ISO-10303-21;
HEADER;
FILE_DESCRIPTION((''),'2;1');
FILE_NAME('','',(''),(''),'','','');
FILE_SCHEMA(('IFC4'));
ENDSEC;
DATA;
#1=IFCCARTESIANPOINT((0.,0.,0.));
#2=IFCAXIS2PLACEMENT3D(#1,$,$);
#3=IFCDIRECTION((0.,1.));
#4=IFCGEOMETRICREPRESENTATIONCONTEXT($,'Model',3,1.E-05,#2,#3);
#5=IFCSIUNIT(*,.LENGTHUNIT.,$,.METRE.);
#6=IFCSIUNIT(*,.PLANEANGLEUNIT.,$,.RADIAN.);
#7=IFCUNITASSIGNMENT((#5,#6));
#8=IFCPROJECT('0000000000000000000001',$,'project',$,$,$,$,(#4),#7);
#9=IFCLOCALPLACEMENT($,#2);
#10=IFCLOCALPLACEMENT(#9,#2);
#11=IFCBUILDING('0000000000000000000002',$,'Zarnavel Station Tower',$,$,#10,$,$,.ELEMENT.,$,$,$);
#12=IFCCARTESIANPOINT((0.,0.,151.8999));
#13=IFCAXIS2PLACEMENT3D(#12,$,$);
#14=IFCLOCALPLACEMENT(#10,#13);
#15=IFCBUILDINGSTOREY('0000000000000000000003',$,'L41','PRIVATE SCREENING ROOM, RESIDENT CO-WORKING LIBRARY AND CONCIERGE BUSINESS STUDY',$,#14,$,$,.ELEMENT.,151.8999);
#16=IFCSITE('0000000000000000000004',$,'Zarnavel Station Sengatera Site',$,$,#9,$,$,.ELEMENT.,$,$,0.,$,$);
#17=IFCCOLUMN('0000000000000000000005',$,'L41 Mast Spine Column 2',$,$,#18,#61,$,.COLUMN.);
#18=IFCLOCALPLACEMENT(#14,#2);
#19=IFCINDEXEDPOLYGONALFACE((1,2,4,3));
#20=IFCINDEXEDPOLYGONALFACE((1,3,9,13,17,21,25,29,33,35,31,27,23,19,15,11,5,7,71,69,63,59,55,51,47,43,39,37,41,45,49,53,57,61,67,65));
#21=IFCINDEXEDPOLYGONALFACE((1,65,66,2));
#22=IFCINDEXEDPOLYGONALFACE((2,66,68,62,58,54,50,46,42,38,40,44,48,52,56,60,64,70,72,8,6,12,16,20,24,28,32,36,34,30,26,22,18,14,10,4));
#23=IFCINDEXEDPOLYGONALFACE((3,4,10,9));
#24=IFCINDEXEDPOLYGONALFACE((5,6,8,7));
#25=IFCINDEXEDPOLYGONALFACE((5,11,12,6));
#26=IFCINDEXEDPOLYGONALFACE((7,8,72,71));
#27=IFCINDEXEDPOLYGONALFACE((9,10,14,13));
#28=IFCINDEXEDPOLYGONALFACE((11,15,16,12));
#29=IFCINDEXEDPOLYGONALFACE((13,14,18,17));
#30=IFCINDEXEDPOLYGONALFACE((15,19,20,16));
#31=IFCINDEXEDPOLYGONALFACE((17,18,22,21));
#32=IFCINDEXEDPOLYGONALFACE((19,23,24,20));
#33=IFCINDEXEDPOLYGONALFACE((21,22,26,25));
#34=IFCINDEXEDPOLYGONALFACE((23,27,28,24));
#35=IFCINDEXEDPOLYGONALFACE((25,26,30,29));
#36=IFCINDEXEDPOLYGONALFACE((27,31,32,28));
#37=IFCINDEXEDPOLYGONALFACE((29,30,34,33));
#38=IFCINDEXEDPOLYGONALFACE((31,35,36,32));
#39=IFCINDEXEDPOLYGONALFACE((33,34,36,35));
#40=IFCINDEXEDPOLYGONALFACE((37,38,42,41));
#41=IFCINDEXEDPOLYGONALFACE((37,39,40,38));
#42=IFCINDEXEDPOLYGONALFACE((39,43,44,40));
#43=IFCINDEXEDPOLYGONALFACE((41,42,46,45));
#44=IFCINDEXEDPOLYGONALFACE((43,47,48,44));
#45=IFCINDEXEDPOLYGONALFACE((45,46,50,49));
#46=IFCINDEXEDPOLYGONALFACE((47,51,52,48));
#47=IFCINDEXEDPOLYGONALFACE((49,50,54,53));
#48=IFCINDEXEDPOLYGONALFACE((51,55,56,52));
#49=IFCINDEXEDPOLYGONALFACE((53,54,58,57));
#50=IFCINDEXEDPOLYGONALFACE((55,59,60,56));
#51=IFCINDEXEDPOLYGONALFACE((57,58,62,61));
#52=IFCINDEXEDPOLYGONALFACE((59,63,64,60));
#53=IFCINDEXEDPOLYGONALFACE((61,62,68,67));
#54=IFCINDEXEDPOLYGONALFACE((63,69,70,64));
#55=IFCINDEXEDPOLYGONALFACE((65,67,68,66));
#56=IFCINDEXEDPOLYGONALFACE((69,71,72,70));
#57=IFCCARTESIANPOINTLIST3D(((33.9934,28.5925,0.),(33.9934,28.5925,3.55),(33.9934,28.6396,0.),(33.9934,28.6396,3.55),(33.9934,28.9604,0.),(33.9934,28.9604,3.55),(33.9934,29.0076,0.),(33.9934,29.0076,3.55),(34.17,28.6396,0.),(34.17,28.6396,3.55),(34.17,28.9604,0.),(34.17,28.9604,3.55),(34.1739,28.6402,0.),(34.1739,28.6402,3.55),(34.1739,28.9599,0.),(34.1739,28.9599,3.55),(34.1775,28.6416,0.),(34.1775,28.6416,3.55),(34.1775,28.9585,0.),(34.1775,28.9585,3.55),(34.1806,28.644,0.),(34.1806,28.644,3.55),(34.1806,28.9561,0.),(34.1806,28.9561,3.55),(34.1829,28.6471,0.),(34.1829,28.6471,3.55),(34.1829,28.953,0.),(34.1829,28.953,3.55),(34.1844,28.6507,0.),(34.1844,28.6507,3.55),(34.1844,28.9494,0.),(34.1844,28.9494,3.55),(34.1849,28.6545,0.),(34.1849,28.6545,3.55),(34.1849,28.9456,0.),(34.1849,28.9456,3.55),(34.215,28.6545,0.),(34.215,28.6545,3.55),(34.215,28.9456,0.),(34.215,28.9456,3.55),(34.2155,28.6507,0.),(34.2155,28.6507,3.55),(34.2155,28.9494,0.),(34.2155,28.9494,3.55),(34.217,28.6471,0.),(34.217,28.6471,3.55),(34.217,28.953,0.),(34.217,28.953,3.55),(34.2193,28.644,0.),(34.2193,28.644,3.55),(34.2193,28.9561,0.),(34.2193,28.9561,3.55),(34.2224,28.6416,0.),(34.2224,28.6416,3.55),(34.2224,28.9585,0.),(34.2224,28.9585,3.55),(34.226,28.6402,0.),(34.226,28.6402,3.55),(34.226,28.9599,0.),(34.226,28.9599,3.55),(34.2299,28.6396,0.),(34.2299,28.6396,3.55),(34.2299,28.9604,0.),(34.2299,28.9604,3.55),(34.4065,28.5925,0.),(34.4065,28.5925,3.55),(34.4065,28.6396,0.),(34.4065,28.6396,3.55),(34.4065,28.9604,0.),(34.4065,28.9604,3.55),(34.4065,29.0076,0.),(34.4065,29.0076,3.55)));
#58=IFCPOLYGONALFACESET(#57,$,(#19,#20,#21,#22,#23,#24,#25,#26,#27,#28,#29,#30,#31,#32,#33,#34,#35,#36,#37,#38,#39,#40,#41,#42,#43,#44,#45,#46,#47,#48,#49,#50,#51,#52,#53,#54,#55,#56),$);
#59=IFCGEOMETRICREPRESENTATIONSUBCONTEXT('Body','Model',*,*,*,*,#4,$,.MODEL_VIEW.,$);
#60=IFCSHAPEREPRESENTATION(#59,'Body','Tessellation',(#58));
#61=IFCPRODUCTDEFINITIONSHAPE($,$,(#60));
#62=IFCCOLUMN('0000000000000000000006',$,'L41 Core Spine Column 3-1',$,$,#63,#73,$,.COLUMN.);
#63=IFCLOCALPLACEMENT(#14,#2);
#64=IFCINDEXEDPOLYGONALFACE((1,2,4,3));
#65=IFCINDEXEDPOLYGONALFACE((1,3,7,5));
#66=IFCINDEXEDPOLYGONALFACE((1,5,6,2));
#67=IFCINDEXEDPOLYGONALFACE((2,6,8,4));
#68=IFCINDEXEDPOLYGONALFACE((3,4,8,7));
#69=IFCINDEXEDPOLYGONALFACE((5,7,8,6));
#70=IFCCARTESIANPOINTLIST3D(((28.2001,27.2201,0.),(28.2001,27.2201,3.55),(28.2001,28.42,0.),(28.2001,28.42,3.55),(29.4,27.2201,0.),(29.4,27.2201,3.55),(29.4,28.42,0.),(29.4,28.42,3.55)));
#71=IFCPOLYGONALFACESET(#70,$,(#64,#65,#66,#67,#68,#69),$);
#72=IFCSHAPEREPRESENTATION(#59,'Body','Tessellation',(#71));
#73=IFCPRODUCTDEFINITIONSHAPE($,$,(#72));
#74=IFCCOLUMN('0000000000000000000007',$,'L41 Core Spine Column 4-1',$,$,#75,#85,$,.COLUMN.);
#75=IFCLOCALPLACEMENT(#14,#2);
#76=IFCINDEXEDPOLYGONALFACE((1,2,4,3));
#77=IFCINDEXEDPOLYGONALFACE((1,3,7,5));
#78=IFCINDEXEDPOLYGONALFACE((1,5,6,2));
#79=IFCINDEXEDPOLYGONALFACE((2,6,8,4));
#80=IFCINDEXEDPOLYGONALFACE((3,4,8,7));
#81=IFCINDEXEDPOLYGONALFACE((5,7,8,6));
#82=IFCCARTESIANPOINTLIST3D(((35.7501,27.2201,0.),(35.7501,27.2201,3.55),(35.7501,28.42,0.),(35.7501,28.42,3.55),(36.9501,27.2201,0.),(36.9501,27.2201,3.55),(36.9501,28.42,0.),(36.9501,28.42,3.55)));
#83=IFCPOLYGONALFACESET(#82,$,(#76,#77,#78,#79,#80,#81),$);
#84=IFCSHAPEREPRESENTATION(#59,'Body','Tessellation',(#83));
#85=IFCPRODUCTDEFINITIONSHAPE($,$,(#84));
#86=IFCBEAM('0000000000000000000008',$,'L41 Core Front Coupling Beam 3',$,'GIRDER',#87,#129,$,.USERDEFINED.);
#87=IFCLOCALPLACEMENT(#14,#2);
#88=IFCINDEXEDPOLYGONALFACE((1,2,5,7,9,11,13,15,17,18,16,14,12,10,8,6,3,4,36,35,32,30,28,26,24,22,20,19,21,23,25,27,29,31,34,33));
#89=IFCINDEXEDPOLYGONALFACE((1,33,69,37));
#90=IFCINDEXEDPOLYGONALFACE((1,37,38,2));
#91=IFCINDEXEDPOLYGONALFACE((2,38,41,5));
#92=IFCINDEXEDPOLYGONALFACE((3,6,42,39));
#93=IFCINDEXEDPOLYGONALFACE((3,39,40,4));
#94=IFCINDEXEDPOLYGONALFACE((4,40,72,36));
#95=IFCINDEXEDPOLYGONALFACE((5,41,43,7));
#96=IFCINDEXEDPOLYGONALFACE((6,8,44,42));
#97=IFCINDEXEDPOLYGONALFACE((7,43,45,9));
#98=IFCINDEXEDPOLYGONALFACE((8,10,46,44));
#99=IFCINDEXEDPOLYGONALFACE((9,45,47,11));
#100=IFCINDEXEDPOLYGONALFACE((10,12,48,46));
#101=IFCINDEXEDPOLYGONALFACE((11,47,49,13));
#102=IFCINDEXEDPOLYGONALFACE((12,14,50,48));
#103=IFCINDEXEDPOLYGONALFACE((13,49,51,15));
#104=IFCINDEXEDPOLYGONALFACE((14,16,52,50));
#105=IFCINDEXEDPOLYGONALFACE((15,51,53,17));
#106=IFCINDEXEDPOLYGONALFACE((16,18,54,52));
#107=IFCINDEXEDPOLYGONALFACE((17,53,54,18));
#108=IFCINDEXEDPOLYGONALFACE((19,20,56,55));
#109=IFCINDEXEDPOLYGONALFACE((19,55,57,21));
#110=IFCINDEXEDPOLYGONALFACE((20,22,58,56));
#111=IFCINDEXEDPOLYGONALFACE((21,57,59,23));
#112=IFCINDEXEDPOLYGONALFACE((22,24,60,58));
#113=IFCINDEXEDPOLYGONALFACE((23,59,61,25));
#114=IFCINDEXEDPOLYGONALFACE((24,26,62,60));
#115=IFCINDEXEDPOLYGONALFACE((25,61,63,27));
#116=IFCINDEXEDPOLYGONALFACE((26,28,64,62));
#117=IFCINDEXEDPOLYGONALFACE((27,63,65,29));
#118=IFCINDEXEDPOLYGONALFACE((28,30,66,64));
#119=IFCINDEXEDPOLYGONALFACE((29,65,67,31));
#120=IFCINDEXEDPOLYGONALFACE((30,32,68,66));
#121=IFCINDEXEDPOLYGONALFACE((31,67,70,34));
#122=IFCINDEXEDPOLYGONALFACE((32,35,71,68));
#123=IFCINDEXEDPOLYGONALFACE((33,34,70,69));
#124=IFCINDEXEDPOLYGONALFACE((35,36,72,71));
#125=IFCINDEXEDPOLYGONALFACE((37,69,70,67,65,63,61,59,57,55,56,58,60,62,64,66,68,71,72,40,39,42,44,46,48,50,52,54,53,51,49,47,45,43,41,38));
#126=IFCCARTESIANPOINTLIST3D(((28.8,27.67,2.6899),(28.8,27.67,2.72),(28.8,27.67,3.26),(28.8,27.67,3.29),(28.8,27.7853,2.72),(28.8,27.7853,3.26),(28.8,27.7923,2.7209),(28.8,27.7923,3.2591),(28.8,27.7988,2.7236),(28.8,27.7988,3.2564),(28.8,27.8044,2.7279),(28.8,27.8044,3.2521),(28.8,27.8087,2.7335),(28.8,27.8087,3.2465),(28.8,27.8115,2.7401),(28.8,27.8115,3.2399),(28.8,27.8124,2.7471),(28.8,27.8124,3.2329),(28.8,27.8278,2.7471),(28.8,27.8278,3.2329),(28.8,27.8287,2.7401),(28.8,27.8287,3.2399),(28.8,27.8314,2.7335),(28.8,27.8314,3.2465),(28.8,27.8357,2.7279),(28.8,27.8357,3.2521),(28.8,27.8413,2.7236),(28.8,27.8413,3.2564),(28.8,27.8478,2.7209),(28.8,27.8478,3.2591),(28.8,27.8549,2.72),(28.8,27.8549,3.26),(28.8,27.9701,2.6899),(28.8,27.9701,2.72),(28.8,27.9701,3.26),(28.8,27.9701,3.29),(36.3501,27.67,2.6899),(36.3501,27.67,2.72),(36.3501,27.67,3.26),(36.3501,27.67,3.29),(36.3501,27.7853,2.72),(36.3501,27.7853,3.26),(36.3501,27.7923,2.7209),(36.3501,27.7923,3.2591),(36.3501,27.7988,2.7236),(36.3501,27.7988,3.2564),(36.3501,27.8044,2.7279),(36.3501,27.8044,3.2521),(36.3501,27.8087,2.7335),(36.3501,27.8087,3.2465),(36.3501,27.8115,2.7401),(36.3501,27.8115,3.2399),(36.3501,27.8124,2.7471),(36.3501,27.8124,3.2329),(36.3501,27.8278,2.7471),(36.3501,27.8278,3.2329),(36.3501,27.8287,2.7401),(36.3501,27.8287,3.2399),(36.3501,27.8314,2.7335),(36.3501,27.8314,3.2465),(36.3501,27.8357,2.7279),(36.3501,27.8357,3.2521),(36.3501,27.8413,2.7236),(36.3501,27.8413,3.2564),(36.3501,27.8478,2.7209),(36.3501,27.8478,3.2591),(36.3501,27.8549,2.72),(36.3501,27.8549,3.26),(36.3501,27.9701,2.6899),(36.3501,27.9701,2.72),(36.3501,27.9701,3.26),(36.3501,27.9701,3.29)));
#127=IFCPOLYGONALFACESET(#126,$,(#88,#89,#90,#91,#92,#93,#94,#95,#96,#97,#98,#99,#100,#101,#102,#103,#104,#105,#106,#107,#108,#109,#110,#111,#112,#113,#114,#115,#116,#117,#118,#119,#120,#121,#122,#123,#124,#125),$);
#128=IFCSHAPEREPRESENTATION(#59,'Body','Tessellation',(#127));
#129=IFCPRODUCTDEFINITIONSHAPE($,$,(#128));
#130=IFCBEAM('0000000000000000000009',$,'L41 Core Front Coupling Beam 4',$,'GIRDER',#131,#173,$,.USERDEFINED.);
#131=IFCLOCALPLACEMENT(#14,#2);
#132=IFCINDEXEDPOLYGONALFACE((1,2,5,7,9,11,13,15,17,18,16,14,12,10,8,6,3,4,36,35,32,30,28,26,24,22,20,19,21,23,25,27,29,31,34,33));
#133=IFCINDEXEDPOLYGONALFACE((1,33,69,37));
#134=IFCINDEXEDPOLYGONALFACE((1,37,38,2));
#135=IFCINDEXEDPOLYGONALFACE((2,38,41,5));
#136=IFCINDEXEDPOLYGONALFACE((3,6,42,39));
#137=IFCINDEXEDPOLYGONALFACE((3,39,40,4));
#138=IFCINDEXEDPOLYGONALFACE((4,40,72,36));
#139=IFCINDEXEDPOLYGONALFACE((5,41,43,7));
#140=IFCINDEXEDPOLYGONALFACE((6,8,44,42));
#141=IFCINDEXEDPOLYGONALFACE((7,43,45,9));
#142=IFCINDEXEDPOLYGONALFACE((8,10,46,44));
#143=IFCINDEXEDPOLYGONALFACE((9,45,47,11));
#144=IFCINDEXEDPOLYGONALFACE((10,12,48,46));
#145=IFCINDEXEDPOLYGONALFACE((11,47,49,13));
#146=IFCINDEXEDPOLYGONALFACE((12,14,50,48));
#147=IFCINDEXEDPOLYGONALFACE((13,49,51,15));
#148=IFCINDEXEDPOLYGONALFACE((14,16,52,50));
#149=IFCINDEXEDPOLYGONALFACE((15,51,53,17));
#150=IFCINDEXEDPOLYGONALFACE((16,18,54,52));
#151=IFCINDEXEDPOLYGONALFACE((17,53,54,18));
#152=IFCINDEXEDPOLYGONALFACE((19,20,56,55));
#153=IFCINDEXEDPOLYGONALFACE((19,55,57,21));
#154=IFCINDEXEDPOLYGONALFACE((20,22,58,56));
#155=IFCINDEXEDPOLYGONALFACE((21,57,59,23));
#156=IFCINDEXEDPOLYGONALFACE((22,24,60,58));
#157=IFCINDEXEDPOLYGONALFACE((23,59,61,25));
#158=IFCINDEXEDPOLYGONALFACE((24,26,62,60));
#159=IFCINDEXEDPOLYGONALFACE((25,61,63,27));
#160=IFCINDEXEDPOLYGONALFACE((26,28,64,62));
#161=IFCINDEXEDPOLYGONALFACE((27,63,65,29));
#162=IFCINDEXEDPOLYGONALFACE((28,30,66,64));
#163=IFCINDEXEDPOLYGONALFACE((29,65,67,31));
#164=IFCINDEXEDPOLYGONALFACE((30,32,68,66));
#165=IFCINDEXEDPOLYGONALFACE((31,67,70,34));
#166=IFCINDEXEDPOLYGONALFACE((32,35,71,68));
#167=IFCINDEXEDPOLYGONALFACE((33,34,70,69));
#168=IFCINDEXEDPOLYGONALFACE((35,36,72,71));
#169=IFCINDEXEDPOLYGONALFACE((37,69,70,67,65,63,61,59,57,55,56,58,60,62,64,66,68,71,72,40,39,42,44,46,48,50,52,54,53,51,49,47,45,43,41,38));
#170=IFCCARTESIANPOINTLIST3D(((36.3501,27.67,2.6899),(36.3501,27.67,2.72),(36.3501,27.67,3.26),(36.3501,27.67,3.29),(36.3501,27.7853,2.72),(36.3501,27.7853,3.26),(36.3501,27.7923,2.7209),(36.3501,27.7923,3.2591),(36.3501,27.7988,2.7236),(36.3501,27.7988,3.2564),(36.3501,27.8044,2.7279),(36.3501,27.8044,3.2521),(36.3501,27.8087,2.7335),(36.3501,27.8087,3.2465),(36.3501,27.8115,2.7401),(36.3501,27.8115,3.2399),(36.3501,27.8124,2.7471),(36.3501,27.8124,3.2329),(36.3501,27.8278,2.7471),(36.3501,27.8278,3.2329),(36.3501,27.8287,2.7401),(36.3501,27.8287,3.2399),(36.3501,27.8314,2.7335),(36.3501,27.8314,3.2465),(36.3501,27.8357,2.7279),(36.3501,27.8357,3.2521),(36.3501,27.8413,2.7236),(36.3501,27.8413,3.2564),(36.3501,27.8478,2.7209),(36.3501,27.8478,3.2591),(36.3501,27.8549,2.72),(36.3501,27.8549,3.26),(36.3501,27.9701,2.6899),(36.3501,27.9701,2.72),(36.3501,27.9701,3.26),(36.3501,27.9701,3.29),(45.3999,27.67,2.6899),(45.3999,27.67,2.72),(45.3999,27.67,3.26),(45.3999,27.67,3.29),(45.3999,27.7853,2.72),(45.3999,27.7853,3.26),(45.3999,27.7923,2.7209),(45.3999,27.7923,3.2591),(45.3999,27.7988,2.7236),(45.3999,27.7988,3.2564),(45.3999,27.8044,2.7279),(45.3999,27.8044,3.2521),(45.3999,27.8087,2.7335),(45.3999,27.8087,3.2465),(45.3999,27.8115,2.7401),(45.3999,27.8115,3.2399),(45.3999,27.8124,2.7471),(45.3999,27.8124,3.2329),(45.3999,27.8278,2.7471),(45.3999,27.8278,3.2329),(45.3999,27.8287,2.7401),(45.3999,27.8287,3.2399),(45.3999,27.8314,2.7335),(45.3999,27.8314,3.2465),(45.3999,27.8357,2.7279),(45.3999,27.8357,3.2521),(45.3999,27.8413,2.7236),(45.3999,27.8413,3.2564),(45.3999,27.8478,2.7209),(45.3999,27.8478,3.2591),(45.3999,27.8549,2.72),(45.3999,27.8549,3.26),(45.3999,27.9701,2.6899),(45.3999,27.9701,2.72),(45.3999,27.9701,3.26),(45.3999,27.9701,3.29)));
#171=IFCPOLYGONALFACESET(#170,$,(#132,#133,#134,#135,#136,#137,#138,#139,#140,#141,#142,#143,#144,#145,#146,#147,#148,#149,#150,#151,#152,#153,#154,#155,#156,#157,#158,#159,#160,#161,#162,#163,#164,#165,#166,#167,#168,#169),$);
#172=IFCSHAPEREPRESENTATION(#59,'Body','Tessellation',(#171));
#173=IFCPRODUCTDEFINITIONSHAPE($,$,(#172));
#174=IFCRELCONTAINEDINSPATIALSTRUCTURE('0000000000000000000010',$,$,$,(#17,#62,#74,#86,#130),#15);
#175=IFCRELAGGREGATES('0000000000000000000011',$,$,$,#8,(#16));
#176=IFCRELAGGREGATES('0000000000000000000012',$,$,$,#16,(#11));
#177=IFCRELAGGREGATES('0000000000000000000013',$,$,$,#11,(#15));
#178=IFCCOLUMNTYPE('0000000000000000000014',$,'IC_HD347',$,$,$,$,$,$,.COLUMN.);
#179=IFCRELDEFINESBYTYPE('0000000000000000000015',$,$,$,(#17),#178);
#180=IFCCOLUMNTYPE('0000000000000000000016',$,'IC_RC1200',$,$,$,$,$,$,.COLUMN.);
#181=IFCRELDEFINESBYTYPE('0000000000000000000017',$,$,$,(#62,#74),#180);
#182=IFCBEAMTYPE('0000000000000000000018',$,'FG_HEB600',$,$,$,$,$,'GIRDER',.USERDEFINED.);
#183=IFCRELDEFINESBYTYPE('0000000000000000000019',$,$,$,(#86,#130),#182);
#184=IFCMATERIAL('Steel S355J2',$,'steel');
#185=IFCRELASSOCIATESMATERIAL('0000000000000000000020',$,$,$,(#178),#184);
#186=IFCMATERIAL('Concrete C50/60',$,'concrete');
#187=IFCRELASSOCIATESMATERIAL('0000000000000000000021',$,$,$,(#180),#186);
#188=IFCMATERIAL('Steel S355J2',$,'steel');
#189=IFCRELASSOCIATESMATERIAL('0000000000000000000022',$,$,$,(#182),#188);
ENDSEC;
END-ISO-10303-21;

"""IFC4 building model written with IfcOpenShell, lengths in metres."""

from ifc_helpers import new_model, si_unit, direction, frame, origin, origin_2d, place, context, subcontext, project, spatial, rectangle, i_section, extrude, material, material_profile, profile_set, type_object, element, save


model = new_model("IFC4")

# Units and contexts
model_context = context("Model", 3, precision=1e-05, world=origin(), true_north=direction((0.0, 1.0)))
body_context = subcontext(model_context, "Body", "Model", "MODEL_VIEW")
ifc_project = project(units=[si_unit("LENGTHUNIT", "METRE"), si_unit("PLANEANGLEUNIT", "RADIAN")], contexts=[model_context])

# Site, building, storey
site_placement = place(None, origin())
site = spatial("IfcSite", under=ifc_project, at=site_placement, Name="Zarnavel Station Sengatera Site", CompositionType="ELEMENT", RefElevation=0.0)
building_placement = place(site_placement, origin())
building = spatial("IfcBuilding", under=site, at=building_placement, Name="Zarnavel Station Tower", CompositionType="ELEMENT")
storey_placement = place(building_placement, frame((0.0, 0.0, 151.8999)))
storey = spatial("IfcBuildingStorey", under=building, at=storey_placement, Name="L41", Description="PRIVATE SCREENING ROOM, RESIDENT CO-WORKING LIBRARY AND CONCIERGE BUSINESS STUDY", CompositionType="ELEMENT", Elevation=151.8999)

# Columns
ifc_material_1 = material(Name="Steel S355J2", Category="steel")
ifc_material_profile_1 = material_profile(ifc_material_1, i_section(OverallWidth=0.4131, OverallDepth=0.415, WebThickness=0.03, FlangeThickness=0.0471, FilletRadius=0.0149, at=origin_2d()), Name="HD400x347")
ifc_profile_set_1 = profile_set([ifc_material_profile_1], Name="Steel S355J2")
column_type_1 = type_object("IfcColumnType", Name="IC_HD347", PredefinedType="COLUMN", material=ifc_profile_set_1)
column_placement = place(storey_placement, frame((34.2, 28.8, 0.0), z_axis=(0.0, 0.0, 1.0), x_axis=(1.0, 0.0, 0.0)))
element("IfcColumn", 1, at=column_placement, inside=storey, type_object=column_type_1, Name="L41 Mast Spine Column 2", PredefinedType="COLUMN", context=body_context, shape_type="SweptSolid", body=[
    extrude(i_section(OverallWidth=0.4131, OverallDepth=0.415, WebThickness=0.03, FlangeThickness=0.0471, FilletRadius=0.0149, at=origin_2d()), origin(), (0.0, 0.0, 1.0), 3.55),
])
ifc_material_2 = material(Name="Concrete C50/60", Category="concrete")
ifc_material_profile_2 = material_profile(ifc_material_2, rectangle(XDim=1.2, YDim=1.2, at=origin_2d()), Name="RC1200x1200")
ifc_profile_set_2 = profile_set([ifc_material_profile_2], Name="Concrete C50/60")
column_type_2 = type_object("IfcColumnType", Name="IC_RC1200", PredefinedType="COLUMN", material=ifc_profile_set_2)
for number, where, z_axis, x_axis, name in (
    (2, (28.8, 27.8201, 0.0), (0.0, 0.0, 1.0), (1.0, 0.0, 0.0), "L41 Core Spine Column 3-1"),
    (3, (36.3501, 27.8201, 0.0), (0.0, 0.0, 1.0), (1.0, 0.0, 0.0), "L41 Core Spine Column 4-1"),
):
    element("IfcColumn", number, at=place(storey_placement, frame(where, z_axis=z_axis, x_axis=x_axis)), inside=storey, type_object=column_type_2, Name=name, PredefinedType="COLUMN", context=body_context, shape_type="SweptSolid", body=[
        extrude(rectangle(XDim=1.2, YDim=1.2, at=origin_2d()), origin(), (0.0, 0.0, 1.0), 3.55),
    ])

# Beams
ifc_material_3 = material(Name="Steel S355J2", Category="steel")
ifc_material_profile_3 = material_profile(ifc_material_3, i_section(OverallWidth=0.3, OverallDepth=0.6001, WebThickness=0.0154, FlangeThickness=0.03, FilletRadius=0.0271, at=origin_2d()), Name="HEB600")
ifc_profile_set_3 = profile_set([ifc_material_profile_3], Name="Steel S355J2")
beam_type_1 = type_object("IfcBeamType", Name="FG_HEB600", ElementType="GIRDER", PredefinedType="USERDEFINED", material=ifc_profile_set_3)
beam_1_placement = place(storey_placement, frame((28.8, 27.8201, 2.99), z_axis=(1.0, 0.0, 0.0), x_axis=(0.0, 1.0, 0.0)))
element("IfcBeam", 4, at=beam_1_placement, inside=storey, type_object=beam_type_1, Name="L41 Core Front Coupling Beam 3", ObjectType="GIRDER", PredefinedType="USERDEFINED", context=body_context, shape_type="SweptSolid", body=[
    extrude(i_section(OverallWidth=0.3, OverallDepth=0.6001, WebThickness=0.0154, FlangeThickness=0.03, FilletRadius=0.0271, at=origin_2d()), origin(), (0.0, 0.0, 1.0), 7.55),
])
beam_2_placement = place(storey_placement, frame((36.3501, 27.8201, 2.99), z_axis=(1.0, 0.0, 0.0), x_axis=(0.0, 1.0, 0.0)))
element("IfcBeam", 5, at=beam_2_placement, inside=storey, type_object=beam_type_1, Name="L41 Core Front Coupling Beam 4", ObjectType="GIRDER", PredefinedType="USERDEFINED", context=body_context, shape_type="SweptSolid", body=[
    extrude(i_section(OverallWidth=0.3, OverallDepth=0.6001, WebThickness=0.0154, FlangeThickness=0.03, FilletRadius=0.0271, at=origin_2d()), origin(), (0.0, 0.0, 1.0), 9.0498),
])

save(model, "model.ifc")
